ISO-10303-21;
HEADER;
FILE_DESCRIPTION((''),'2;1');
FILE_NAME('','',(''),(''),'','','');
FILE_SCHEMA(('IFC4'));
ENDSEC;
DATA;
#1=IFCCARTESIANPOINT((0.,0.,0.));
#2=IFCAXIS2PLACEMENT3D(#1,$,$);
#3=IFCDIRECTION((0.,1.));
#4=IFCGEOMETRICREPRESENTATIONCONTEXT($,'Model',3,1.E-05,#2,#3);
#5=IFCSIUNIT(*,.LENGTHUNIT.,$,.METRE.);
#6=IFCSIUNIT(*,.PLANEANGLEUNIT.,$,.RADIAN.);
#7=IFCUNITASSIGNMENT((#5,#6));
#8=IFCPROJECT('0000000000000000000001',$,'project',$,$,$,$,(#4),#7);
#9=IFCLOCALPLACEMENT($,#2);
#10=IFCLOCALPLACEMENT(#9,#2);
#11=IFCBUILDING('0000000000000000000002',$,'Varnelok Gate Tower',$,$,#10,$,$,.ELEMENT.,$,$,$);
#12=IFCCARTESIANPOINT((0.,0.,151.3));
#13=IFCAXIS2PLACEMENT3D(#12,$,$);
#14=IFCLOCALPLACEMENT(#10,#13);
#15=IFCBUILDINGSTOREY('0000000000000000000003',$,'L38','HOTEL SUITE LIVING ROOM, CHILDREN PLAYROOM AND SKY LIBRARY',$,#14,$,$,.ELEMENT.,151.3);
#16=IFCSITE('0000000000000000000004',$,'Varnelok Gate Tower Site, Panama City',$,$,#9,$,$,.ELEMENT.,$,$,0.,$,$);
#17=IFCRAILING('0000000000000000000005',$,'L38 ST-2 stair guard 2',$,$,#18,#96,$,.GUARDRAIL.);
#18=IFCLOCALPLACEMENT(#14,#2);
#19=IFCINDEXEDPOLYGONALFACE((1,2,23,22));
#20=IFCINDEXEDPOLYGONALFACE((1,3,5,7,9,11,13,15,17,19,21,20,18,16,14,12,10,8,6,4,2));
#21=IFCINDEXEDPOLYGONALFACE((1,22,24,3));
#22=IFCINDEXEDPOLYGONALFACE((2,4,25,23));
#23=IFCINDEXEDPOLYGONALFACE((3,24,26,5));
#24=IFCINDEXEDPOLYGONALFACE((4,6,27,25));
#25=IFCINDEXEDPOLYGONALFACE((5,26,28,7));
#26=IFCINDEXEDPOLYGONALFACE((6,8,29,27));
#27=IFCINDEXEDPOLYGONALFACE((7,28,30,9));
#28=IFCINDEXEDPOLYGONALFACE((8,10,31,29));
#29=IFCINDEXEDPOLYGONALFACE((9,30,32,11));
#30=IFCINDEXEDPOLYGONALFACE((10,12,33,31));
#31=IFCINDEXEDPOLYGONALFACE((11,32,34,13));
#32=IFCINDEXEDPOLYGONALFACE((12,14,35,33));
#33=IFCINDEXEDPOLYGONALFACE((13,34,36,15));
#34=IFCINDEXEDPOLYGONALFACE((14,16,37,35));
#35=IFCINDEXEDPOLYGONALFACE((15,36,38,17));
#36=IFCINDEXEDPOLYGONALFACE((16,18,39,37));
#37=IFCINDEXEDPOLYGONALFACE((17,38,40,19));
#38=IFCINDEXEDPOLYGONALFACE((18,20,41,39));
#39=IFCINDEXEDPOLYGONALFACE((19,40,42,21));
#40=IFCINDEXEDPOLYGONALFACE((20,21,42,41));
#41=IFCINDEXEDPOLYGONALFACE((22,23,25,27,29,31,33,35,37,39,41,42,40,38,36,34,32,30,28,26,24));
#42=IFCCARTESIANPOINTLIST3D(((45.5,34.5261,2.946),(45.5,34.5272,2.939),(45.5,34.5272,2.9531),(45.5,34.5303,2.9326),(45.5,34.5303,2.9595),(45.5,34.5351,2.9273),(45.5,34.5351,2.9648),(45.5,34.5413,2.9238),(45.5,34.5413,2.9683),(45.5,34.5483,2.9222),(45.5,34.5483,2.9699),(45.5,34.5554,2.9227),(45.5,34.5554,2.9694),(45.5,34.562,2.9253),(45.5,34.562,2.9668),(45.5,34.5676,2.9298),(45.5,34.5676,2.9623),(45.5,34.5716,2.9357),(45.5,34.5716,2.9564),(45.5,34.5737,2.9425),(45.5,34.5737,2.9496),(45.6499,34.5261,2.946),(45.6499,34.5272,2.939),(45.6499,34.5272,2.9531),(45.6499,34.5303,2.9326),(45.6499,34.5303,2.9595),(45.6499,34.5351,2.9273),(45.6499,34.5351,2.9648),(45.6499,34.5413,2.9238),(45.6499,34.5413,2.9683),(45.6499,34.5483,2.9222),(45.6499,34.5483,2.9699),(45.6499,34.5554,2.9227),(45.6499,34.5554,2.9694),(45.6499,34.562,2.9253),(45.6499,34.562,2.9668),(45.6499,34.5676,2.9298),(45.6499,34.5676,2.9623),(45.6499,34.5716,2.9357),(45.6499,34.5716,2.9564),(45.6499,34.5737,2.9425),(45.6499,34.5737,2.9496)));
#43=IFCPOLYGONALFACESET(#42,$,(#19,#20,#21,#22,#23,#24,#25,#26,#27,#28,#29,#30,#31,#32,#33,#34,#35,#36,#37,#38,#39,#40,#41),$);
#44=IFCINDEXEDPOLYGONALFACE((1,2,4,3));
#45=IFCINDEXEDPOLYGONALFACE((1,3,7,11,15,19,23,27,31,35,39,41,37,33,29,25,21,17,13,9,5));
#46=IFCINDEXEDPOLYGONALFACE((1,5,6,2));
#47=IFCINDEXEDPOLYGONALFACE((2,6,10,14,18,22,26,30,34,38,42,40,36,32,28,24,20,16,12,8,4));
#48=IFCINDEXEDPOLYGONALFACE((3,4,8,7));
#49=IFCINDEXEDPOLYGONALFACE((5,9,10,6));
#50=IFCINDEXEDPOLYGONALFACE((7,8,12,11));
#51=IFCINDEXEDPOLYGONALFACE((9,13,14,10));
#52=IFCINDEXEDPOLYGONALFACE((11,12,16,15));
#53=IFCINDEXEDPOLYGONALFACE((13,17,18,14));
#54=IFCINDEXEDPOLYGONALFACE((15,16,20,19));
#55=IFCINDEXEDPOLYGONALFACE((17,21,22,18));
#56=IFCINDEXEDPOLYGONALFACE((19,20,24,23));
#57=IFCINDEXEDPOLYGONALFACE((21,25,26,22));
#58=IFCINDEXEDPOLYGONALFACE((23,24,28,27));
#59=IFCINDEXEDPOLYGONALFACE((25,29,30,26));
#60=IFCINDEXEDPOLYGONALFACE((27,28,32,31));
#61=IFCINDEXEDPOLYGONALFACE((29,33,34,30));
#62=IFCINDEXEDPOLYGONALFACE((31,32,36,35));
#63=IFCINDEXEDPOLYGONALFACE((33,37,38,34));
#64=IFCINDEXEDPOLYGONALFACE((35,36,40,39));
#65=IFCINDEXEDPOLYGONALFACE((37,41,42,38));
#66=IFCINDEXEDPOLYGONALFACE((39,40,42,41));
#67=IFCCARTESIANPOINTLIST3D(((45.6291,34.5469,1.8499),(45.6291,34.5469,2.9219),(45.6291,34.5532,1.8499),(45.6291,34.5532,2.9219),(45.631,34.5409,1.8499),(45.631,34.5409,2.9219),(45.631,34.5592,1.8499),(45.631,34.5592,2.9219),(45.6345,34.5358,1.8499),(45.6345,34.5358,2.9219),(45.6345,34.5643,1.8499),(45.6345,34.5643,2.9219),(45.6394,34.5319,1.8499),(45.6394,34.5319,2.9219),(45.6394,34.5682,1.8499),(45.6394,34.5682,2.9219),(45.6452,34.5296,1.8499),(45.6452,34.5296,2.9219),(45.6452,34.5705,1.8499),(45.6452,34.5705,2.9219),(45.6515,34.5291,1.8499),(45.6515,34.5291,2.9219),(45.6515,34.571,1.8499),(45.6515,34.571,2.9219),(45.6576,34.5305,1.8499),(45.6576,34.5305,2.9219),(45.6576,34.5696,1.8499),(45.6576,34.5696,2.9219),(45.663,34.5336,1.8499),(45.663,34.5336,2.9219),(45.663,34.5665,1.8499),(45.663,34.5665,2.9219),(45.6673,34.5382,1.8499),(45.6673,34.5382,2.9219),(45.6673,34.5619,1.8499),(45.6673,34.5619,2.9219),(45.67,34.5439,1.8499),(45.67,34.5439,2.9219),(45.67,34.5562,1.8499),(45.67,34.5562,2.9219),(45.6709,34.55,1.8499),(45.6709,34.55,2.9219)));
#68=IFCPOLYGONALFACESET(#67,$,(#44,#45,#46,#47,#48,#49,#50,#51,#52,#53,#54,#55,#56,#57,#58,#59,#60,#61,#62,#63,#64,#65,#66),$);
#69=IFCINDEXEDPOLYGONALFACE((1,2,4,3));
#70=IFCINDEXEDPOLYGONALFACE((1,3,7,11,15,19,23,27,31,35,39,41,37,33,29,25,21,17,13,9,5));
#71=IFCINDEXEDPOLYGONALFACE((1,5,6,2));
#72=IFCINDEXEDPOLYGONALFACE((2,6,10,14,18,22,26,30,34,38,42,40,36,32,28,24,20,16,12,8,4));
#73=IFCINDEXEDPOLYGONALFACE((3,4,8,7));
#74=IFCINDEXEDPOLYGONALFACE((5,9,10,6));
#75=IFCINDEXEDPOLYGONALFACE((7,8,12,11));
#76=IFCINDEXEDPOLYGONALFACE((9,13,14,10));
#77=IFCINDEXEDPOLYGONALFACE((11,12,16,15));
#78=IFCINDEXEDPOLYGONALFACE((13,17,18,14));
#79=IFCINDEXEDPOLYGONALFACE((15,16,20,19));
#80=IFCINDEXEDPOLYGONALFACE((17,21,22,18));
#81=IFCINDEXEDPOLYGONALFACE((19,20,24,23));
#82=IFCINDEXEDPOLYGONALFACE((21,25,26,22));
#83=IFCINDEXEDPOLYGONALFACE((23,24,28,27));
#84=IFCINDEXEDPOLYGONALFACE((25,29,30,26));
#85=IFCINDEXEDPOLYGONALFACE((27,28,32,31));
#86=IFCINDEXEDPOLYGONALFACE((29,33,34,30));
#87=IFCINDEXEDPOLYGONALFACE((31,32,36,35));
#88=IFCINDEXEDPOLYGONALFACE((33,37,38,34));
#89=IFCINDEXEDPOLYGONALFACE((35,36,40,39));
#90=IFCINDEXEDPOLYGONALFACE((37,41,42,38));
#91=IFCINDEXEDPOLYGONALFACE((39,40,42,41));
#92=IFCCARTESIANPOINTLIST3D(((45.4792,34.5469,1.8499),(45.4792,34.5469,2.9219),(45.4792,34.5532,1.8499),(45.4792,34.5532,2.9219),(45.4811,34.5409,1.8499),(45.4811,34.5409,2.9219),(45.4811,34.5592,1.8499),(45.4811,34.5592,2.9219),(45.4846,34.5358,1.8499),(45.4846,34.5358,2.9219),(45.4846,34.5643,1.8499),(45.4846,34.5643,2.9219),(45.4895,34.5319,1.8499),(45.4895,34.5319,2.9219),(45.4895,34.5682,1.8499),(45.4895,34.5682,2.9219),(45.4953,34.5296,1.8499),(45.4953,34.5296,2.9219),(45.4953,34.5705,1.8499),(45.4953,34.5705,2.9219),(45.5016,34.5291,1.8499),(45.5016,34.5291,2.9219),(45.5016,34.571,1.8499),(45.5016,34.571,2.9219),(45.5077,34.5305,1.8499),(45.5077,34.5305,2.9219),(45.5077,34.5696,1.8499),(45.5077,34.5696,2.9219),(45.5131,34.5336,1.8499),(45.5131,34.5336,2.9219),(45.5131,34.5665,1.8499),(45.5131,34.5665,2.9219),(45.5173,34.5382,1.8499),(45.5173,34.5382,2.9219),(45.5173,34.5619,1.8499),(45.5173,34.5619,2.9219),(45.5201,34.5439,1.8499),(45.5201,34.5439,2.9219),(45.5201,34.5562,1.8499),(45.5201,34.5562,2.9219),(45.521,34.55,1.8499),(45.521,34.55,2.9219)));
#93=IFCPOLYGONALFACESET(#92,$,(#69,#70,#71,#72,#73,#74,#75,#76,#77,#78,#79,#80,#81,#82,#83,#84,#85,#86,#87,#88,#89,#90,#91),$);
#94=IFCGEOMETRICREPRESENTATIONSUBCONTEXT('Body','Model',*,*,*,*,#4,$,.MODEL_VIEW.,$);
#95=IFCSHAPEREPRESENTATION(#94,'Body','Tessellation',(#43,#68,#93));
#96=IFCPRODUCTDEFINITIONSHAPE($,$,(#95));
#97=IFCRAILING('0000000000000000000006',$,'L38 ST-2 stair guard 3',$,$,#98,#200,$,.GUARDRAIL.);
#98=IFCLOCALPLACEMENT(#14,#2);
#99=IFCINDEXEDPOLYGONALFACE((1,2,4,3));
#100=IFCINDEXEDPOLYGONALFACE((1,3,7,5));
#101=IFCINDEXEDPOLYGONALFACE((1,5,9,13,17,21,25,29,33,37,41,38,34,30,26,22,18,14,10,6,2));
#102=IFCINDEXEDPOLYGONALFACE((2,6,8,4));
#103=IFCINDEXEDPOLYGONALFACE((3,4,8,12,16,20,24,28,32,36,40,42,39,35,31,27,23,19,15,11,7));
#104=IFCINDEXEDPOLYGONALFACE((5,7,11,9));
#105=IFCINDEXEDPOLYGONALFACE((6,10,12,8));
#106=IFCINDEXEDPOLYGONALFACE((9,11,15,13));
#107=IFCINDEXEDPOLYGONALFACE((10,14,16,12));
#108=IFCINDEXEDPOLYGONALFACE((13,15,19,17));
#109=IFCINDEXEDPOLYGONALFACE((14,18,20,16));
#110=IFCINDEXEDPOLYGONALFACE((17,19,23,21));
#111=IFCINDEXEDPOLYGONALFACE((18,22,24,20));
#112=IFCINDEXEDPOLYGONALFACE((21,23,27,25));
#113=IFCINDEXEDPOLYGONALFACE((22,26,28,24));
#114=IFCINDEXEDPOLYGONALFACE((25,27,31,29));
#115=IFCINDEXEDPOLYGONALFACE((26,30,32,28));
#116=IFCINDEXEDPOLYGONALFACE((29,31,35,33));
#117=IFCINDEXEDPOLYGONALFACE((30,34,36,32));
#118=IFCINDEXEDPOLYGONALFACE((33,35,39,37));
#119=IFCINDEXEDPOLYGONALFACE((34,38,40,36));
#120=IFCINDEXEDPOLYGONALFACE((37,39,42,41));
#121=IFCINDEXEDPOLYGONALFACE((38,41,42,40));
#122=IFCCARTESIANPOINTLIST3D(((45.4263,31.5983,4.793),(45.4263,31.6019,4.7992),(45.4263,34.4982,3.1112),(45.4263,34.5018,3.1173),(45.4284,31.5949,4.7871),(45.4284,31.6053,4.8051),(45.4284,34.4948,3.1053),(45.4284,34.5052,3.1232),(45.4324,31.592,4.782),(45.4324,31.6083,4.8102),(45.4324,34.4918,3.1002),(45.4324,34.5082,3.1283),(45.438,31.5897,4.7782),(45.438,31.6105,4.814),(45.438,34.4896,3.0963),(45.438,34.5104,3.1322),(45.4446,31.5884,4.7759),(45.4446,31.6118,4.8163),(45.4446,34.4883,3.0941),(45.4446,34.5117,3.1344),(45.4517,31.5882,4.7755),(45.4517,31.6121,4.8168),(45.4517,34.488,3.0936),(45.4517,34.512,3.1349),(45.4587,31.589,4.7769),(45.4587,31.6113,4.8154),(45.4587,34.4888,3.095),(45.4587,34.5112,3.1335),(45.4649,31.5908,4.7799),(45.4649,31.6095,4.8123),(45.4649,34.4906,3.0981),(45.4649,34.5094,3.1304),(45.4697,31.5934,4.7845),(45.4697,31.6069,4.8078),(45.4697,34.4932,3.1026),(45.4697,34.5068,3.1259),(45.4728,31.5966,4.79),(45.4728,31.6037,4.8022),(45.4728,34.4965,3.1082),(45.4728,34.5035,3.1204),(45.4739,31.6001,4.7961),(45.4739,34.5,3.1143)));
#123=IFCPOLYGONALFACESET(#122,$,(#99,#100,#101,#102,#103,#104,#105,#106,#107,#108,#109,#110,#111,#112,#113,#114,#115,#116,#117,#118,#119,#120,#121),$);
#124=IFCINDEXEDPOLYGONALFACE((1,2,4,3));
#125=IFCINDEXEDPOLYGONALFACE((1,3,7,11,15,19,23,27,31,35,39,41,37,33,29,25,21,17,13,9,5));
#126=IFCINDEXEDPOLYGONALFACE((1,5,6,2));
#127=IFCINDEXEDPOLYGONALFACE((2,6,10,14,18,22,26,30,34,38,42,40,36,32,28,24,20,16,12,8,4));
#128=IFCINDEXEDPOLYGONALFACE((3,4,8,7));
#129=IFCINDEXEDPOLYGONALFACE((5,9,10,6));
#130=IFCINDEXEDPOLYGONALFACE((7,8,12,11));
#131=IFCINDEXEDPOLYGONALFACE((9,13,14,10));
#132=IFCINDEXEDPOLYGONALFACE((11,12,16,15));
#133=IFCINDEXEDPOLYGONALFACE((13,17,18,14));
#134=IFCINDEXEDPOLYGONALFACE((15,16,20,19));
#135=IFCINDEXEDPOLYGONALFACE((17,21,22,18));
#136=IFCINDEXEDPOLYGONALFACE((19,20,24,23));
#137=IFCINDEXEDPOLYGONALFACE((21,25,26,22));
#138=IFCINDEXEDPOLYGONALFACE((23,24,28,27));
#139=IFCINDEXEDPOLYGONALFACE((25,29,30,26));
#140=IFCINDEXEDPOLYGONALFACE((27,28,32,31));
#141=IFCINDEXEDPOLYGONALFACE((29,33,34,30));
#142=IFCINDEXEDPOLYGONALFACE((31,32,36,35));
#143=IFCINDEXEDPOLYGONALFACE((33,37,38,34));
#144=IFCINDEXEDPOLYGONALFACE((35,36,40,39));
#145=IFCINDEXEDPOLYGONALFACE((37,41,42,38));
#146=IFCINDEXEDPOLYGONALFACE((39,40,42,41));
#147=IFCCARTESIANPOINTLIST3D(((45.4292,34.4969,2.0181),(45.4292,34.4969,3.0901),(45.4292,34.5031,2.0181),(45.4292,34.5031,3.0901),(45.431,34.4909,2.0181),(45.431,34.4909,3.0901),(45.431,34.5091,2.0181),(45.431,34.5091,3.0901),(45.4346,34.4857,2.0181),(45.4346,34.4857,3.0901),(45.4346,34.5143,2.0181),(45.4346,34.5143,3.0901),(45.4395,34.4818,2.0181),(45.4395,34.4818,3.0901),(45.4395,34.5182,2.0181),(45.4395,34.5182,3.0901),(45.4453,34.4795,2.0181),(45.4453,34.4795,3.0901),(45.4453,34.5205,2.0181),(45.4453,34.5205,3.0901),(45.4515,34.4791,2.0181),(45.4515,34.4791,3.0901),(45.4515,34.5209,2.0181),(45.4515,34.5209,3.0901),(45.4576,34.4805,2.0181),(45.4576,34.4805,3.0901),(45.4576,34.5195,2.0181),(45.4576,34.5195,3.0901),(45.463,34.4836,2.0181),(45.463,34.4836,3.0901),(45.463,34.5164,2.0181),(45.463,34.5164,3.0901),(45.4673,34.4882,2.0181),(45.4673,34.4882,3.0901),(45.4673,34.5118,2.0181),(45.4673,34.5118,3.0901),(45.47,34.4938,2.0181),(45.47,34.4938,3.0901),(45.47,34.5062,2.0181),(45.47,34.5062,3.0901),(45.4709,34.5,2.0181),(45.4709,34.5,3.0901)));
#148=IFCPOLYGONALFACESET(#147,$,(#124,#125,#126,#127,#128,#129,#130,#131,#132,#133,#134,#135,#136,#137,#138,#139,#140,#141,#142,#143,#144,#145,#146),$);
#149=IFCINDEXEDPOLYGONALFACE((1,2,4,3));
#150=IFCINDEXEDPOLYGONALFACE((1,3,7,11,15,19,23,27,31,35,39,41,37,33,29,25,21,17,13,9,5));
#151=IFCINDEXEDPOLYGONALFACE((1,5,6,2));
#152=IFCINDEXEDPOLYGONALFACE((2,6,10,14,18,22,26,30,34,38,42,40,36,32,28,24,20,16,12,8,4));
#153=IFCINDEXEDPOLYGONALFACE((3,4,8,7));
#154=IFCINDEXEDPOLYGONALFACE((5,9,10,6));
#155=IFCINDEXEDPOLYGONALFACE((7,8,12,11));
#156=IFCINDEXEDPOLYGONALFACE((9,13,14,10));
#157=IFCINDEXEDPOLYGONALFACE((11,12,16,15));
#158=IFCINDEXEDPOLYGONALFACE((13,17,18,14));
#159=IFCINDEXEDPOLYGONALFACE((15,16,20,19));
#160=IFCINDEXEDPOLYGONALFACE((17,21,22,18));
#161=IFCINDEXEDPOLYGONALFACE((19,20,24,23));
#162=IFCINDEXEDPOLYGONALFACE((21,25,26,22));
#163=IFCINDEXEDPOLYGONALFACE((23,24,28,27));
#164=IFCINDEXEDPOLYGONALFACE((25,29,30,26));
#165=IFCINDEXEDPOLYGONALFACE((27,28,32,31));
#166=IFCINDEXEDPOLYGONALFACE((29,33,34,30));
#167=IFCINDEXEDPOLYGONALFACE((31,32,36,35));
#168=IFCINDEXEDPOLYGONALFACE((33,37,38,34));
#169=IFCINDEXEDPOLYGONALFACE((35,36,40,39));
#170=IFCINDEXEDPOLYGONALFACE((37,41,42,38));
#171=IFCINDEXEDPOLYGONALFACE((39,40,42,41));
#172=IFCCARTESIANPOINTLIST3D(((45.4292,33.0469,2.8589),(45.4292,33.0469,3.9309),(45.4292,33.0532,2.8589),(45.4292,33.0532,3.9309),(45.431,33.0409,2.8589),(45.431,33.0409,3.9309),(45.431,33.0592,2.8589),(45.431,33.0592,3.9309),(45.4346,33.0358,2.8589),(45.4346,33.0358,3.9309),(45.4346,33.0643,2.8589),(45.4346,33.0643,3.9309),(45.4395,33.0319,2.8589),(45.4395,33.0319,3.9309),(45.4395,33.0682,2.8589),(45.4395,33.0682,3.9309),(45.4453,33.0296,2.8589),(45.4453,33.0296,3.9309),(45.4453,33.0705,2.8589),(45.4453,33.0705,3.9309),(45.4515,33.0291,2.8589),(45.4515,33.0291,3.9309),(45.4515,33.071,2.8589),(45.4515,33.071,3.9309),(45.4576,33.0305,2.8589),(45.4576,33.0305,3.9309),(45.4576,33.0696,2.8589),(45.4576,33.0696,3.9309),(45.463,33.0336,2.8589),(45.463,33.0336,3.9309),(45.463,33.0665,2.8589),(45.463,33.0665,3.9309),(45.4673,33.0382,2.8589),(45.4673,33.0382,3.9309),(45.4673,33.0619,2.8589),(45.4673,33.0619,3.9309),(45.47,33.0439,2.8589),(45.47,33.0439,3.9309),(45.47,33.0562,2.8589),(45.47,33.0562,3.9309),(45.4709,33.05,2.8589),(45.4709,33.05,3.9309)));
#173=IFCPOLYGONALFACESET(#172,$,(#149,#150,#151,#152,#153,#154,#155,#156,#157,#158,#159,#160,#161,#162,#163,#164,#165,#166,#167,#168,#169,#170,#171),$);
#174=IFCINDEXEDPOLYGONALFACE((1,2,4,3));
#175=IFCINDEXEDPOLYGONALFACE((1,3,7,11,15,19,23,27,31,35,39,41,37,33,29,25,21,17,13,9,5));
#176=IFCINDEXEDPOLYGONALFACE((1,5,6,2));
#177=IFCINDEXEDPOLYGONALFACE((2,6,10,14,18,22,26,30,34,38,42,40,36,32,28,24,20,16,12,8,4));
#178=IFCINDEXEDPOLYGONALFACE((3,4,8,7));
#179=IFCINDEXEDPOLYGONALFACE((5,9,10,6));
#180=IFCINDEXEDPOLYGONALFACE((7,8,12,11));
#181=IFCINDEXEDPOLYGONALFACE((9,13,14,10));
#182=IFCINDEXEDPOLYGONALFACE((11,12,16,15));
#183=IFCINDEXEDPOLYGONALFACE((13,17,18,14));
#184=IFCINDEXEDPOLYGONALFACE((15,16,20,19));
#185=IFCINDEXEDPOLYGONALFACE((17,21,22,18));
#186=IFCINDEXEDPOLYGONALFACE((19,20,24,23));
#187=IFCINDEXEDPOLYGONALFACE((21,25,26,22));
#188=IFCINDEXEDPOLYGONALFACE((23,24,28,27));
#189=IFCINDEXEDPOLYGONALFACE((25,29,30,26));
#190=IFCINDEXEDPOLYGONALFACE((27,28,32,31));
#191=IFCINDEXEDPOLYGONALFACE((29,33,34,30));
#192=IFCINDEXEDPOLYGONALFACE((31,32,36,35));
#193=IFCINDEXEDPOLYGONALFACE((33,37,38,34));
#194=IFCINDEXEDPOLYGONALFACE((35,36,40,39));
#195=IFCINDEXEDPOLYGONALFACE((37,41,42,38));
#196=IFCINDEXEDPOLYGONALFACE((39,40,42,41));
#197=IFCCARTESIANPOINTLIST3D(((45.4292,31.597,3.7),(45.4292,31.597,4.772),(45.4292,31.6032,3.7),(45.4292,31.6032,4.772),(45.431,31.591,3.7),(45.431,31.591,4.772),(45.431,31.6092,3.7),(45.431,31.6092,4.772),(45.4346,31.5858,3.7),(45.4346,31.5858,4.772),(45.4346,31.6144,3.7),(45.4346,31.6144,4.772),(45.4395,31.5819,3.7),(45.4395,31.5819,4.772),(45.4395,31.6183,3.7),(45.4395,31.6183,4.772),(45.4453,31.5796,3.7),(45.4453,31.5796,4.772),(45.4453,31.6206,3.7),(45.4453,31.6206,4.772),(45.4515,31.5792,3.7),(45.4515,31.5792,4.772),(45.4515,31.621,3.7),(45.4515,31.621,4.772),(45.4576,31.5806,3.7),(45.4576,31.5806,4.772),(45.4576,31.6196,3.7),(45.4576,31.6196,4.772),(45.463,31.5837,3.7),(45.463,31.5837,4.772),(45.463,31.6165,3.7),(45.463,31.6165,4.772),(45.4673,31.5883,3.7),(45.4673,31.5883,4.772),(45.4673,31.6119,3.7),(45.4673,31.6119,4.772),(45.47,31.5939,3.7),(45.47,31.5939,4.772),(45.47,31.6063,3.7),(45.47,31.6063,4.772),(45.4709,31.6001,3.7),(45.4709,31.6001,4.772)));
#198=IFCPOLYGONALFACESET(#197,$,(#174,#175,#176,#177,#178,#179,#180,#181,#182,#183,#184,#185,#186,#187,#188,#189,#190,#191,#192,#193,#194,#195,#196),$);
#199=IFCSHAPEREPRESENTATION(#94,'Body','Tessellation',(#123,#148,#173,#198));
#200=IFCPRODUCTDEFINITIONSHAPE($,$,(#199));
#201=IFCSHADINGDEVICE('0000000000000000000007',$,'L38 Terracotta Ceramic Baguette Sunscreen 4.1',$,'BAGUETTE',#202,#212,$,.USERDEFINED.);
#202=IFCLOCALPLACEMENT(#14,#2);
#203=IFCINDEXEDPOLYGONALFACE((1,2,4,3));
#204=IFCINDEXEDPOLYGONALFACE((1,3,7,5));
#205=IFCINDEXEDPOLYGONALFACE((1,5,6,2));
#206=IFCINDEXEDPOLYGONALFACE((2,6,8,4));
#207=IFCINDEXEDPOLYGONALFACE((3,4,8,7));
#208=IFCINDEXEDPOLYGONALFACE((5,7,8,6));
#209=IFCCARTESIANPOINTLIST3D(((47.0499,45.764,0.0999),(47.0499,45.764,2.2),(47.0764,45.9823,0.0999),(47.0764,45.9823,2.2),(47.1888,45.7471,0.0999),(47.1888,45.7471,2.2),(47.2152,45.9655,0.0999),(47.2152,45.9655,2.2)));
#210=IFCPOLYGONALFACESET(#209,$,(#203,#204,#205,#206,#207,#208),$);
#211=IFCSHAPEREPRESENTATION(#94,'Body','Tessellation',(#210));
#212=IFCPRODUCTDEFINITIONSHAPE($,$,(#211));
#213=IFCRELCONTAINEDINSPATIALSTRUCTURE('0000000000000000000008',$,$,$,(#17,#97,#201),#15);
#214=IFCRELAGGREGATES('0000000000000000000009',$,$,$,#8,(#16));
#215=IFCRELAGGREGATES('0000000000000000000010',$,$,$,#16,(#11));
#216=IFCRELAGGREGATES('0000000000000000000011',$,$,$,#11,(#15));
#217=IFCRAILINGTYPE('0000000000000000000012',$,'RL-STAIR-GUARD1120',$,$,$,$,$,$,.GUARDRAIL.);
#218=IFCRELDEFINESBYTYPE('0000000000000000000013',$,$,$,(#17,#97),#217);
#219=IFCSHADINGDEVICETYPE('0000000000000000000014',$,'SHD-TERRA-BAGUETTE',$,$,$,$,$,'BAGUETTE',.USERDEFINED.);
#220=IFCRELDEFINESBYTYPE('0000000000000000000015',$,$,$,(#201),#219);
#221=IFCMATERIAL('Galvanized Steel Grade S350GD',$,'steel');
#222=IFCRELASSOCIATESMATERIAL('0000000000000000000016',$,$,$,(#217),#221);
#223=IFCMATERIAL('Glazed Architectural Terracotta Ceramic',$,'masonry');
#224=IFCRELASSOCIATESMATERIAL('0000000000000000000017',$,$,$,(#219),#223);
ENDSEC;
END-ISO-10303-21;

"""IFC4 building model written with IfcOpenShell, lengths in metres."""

from ifc_helpers import new_model, si_unit, direction, frame, origin, origin_2d, place, context, subcontext, project, spatial, rectangle, circle, extrude, source, transform, mapped, material, type_object, element, save


model = new_model("IFC4")

# Units and contexts
model_context = context("Model", 3, precision=1e-05, world=origin(), true_north=direction((0.0, 1.0)))
body_context = subcontext(model_context, "Body", "Model", "MODEL_VIEW")
ifc_project = project(units=[si_unit("LENGTHUNIT", "METRE"), si_unit("PLANEANGLEUNIT", "RADIAN")], contexts=[model_context])

# Site, building, storey
site_placement = place(None, origin())
site = spatial("IfcSite", under=ifc_project, at=site_placement, Name="Varnelok Gate Tower Site, Panama City", CompositionType="ELEMENT", RefElevation=0.0)
building_placement = place(site_placement, origin())
building = spatial("IfcBuilding", under=site, at=building_placement, Name="Varnelok Gate Tower", CompositionType="ELEMENT")
storey_placement = place(building_placement, frame((0.0, 0.0, 151.3)))
storey = spatial("IfcBuildingStorey", under=building, at=storey_placement, Name="L38", Description="HOTEL SUITE LIVING ROOM, CHILDREN PLAYROOM AND SKY LIBRARY", CompositionType="ELEMENT", Elevation=151.3)

# Shared definitions
ifc_material_1 = material(Name="Galvanized Steel Grade S350GD", Category="steel")

# Railings
railing_type_1 = type_object("IfcRailingType", Name="RL-STAIR-GUARD1120", PredefinedType="GUARDRAIL", material=ifc_material_1)
railing_1_placement = place(storey_placement, frame((45.6499, 34.55, 1.8499)))
element("IfcRailing", 1, at=railing_1_placement, inside=storey, type_object=railing_type_1, Name="L38 ST-2 stair guard 2", PredefinedType="GUARDRAIL", context=body_context, shape_type="SweptSolid", body=[
    extrude(circle(Radius=0.0239, at=origin_2d()), frame((0.0, 0.0, 1.0962), z_axis=(-1.0, 0.0, 0.0), x_axis=(0.0, -1.0, 0.0)), (0.0, 0.0, 1.0), 0.1499),
    extrude(circle(Radius=0.021, at=origin_2d()), origin(), (0.0, 0.0, 1.0), 1.072),
    extrude(circle(Radius=0.021, at=origin_2d()), frame((-0.1499, 0.0, 0.0)), (0.0, 0.0, 1.0), 1.072),
])
railing_2_placement = place(storey_placement, frame((45.45, 34.5, 2.0181)))
element("IfcRailing", 2, at=railing_2_placement, inside=storey, type_object=railing_type_1, Name="L38 ST-2 stair guard 3", PredefinedType="GUARDRAIL", context=body_context, shape_type="SweptSolid", body=[
    extrude(circle(Radius=0.0239, at=origin_2d()), frame((0.0, 0.0, 1.0962), z_axis=(0.0, -0.865039, 0.501705), x_axis=(1.0, 0.0, 0.0)), (0.0, 0.0, 1.0), 3.3523),
    extrude(circle(Radius=0.021, at=origin_2d()), origin(), (0.0, 0.0, 1.0), 1.072),
    extrude(circle(Radius=0.021, at=origin_2d()), frame((0.0, -1.45, 0.8408)), (0.0, 0.0, 1.0), 1.072),
    extrude(circle(Radius=0.021, at=origin_2d()), frame((0.0, -2.8999, 1.6819)), (0.0, 0.0, 1.0), 1.072),
])

# Shading device
ifc_material_2 = material(Name="Glazed Architectural Terracotta Ceramic", Category="masonry")
shading_device_type = type_object("IfcShadingDeviceType", Name="SHD-TERRA-BAGUETTE", ElementType="BAGUETTE", PredefinedType="USERDEFINED", material=ifc_material_2)
shared_shape_1 = source(origin(), body_context, "Body", "SweptSolid", [
    extrude(rectangle(XDim=0.1399, YDim=0.22, at=origin_2d()), origin(), (0.0, 0.0, 1.0), 2.1001),
])
shading_device_placement = place(storey_placement, frame((47.1326, 45.8647, 0.0999), z_axis=(0.0, 0.0, 1.0), x_axis=(0.992732, -0.120345, 0.0)))
element("IfcShadingDevice", 3, at=shading_device_placement, inside=storey, type_object=shading_device_type, Name="L38 Terracotta Ceramic Baguette Sunscreen 4.1", ObjectType="BAGUETTE", PredefinedType="USERDEFINED", context=body_context, shape_type="MappedRepresentation", body=[
    mapped(shared_shape_1, transform((0.0, 0.0, 0.0), scale=1.0)),
])

save(model, "model.ifc")
